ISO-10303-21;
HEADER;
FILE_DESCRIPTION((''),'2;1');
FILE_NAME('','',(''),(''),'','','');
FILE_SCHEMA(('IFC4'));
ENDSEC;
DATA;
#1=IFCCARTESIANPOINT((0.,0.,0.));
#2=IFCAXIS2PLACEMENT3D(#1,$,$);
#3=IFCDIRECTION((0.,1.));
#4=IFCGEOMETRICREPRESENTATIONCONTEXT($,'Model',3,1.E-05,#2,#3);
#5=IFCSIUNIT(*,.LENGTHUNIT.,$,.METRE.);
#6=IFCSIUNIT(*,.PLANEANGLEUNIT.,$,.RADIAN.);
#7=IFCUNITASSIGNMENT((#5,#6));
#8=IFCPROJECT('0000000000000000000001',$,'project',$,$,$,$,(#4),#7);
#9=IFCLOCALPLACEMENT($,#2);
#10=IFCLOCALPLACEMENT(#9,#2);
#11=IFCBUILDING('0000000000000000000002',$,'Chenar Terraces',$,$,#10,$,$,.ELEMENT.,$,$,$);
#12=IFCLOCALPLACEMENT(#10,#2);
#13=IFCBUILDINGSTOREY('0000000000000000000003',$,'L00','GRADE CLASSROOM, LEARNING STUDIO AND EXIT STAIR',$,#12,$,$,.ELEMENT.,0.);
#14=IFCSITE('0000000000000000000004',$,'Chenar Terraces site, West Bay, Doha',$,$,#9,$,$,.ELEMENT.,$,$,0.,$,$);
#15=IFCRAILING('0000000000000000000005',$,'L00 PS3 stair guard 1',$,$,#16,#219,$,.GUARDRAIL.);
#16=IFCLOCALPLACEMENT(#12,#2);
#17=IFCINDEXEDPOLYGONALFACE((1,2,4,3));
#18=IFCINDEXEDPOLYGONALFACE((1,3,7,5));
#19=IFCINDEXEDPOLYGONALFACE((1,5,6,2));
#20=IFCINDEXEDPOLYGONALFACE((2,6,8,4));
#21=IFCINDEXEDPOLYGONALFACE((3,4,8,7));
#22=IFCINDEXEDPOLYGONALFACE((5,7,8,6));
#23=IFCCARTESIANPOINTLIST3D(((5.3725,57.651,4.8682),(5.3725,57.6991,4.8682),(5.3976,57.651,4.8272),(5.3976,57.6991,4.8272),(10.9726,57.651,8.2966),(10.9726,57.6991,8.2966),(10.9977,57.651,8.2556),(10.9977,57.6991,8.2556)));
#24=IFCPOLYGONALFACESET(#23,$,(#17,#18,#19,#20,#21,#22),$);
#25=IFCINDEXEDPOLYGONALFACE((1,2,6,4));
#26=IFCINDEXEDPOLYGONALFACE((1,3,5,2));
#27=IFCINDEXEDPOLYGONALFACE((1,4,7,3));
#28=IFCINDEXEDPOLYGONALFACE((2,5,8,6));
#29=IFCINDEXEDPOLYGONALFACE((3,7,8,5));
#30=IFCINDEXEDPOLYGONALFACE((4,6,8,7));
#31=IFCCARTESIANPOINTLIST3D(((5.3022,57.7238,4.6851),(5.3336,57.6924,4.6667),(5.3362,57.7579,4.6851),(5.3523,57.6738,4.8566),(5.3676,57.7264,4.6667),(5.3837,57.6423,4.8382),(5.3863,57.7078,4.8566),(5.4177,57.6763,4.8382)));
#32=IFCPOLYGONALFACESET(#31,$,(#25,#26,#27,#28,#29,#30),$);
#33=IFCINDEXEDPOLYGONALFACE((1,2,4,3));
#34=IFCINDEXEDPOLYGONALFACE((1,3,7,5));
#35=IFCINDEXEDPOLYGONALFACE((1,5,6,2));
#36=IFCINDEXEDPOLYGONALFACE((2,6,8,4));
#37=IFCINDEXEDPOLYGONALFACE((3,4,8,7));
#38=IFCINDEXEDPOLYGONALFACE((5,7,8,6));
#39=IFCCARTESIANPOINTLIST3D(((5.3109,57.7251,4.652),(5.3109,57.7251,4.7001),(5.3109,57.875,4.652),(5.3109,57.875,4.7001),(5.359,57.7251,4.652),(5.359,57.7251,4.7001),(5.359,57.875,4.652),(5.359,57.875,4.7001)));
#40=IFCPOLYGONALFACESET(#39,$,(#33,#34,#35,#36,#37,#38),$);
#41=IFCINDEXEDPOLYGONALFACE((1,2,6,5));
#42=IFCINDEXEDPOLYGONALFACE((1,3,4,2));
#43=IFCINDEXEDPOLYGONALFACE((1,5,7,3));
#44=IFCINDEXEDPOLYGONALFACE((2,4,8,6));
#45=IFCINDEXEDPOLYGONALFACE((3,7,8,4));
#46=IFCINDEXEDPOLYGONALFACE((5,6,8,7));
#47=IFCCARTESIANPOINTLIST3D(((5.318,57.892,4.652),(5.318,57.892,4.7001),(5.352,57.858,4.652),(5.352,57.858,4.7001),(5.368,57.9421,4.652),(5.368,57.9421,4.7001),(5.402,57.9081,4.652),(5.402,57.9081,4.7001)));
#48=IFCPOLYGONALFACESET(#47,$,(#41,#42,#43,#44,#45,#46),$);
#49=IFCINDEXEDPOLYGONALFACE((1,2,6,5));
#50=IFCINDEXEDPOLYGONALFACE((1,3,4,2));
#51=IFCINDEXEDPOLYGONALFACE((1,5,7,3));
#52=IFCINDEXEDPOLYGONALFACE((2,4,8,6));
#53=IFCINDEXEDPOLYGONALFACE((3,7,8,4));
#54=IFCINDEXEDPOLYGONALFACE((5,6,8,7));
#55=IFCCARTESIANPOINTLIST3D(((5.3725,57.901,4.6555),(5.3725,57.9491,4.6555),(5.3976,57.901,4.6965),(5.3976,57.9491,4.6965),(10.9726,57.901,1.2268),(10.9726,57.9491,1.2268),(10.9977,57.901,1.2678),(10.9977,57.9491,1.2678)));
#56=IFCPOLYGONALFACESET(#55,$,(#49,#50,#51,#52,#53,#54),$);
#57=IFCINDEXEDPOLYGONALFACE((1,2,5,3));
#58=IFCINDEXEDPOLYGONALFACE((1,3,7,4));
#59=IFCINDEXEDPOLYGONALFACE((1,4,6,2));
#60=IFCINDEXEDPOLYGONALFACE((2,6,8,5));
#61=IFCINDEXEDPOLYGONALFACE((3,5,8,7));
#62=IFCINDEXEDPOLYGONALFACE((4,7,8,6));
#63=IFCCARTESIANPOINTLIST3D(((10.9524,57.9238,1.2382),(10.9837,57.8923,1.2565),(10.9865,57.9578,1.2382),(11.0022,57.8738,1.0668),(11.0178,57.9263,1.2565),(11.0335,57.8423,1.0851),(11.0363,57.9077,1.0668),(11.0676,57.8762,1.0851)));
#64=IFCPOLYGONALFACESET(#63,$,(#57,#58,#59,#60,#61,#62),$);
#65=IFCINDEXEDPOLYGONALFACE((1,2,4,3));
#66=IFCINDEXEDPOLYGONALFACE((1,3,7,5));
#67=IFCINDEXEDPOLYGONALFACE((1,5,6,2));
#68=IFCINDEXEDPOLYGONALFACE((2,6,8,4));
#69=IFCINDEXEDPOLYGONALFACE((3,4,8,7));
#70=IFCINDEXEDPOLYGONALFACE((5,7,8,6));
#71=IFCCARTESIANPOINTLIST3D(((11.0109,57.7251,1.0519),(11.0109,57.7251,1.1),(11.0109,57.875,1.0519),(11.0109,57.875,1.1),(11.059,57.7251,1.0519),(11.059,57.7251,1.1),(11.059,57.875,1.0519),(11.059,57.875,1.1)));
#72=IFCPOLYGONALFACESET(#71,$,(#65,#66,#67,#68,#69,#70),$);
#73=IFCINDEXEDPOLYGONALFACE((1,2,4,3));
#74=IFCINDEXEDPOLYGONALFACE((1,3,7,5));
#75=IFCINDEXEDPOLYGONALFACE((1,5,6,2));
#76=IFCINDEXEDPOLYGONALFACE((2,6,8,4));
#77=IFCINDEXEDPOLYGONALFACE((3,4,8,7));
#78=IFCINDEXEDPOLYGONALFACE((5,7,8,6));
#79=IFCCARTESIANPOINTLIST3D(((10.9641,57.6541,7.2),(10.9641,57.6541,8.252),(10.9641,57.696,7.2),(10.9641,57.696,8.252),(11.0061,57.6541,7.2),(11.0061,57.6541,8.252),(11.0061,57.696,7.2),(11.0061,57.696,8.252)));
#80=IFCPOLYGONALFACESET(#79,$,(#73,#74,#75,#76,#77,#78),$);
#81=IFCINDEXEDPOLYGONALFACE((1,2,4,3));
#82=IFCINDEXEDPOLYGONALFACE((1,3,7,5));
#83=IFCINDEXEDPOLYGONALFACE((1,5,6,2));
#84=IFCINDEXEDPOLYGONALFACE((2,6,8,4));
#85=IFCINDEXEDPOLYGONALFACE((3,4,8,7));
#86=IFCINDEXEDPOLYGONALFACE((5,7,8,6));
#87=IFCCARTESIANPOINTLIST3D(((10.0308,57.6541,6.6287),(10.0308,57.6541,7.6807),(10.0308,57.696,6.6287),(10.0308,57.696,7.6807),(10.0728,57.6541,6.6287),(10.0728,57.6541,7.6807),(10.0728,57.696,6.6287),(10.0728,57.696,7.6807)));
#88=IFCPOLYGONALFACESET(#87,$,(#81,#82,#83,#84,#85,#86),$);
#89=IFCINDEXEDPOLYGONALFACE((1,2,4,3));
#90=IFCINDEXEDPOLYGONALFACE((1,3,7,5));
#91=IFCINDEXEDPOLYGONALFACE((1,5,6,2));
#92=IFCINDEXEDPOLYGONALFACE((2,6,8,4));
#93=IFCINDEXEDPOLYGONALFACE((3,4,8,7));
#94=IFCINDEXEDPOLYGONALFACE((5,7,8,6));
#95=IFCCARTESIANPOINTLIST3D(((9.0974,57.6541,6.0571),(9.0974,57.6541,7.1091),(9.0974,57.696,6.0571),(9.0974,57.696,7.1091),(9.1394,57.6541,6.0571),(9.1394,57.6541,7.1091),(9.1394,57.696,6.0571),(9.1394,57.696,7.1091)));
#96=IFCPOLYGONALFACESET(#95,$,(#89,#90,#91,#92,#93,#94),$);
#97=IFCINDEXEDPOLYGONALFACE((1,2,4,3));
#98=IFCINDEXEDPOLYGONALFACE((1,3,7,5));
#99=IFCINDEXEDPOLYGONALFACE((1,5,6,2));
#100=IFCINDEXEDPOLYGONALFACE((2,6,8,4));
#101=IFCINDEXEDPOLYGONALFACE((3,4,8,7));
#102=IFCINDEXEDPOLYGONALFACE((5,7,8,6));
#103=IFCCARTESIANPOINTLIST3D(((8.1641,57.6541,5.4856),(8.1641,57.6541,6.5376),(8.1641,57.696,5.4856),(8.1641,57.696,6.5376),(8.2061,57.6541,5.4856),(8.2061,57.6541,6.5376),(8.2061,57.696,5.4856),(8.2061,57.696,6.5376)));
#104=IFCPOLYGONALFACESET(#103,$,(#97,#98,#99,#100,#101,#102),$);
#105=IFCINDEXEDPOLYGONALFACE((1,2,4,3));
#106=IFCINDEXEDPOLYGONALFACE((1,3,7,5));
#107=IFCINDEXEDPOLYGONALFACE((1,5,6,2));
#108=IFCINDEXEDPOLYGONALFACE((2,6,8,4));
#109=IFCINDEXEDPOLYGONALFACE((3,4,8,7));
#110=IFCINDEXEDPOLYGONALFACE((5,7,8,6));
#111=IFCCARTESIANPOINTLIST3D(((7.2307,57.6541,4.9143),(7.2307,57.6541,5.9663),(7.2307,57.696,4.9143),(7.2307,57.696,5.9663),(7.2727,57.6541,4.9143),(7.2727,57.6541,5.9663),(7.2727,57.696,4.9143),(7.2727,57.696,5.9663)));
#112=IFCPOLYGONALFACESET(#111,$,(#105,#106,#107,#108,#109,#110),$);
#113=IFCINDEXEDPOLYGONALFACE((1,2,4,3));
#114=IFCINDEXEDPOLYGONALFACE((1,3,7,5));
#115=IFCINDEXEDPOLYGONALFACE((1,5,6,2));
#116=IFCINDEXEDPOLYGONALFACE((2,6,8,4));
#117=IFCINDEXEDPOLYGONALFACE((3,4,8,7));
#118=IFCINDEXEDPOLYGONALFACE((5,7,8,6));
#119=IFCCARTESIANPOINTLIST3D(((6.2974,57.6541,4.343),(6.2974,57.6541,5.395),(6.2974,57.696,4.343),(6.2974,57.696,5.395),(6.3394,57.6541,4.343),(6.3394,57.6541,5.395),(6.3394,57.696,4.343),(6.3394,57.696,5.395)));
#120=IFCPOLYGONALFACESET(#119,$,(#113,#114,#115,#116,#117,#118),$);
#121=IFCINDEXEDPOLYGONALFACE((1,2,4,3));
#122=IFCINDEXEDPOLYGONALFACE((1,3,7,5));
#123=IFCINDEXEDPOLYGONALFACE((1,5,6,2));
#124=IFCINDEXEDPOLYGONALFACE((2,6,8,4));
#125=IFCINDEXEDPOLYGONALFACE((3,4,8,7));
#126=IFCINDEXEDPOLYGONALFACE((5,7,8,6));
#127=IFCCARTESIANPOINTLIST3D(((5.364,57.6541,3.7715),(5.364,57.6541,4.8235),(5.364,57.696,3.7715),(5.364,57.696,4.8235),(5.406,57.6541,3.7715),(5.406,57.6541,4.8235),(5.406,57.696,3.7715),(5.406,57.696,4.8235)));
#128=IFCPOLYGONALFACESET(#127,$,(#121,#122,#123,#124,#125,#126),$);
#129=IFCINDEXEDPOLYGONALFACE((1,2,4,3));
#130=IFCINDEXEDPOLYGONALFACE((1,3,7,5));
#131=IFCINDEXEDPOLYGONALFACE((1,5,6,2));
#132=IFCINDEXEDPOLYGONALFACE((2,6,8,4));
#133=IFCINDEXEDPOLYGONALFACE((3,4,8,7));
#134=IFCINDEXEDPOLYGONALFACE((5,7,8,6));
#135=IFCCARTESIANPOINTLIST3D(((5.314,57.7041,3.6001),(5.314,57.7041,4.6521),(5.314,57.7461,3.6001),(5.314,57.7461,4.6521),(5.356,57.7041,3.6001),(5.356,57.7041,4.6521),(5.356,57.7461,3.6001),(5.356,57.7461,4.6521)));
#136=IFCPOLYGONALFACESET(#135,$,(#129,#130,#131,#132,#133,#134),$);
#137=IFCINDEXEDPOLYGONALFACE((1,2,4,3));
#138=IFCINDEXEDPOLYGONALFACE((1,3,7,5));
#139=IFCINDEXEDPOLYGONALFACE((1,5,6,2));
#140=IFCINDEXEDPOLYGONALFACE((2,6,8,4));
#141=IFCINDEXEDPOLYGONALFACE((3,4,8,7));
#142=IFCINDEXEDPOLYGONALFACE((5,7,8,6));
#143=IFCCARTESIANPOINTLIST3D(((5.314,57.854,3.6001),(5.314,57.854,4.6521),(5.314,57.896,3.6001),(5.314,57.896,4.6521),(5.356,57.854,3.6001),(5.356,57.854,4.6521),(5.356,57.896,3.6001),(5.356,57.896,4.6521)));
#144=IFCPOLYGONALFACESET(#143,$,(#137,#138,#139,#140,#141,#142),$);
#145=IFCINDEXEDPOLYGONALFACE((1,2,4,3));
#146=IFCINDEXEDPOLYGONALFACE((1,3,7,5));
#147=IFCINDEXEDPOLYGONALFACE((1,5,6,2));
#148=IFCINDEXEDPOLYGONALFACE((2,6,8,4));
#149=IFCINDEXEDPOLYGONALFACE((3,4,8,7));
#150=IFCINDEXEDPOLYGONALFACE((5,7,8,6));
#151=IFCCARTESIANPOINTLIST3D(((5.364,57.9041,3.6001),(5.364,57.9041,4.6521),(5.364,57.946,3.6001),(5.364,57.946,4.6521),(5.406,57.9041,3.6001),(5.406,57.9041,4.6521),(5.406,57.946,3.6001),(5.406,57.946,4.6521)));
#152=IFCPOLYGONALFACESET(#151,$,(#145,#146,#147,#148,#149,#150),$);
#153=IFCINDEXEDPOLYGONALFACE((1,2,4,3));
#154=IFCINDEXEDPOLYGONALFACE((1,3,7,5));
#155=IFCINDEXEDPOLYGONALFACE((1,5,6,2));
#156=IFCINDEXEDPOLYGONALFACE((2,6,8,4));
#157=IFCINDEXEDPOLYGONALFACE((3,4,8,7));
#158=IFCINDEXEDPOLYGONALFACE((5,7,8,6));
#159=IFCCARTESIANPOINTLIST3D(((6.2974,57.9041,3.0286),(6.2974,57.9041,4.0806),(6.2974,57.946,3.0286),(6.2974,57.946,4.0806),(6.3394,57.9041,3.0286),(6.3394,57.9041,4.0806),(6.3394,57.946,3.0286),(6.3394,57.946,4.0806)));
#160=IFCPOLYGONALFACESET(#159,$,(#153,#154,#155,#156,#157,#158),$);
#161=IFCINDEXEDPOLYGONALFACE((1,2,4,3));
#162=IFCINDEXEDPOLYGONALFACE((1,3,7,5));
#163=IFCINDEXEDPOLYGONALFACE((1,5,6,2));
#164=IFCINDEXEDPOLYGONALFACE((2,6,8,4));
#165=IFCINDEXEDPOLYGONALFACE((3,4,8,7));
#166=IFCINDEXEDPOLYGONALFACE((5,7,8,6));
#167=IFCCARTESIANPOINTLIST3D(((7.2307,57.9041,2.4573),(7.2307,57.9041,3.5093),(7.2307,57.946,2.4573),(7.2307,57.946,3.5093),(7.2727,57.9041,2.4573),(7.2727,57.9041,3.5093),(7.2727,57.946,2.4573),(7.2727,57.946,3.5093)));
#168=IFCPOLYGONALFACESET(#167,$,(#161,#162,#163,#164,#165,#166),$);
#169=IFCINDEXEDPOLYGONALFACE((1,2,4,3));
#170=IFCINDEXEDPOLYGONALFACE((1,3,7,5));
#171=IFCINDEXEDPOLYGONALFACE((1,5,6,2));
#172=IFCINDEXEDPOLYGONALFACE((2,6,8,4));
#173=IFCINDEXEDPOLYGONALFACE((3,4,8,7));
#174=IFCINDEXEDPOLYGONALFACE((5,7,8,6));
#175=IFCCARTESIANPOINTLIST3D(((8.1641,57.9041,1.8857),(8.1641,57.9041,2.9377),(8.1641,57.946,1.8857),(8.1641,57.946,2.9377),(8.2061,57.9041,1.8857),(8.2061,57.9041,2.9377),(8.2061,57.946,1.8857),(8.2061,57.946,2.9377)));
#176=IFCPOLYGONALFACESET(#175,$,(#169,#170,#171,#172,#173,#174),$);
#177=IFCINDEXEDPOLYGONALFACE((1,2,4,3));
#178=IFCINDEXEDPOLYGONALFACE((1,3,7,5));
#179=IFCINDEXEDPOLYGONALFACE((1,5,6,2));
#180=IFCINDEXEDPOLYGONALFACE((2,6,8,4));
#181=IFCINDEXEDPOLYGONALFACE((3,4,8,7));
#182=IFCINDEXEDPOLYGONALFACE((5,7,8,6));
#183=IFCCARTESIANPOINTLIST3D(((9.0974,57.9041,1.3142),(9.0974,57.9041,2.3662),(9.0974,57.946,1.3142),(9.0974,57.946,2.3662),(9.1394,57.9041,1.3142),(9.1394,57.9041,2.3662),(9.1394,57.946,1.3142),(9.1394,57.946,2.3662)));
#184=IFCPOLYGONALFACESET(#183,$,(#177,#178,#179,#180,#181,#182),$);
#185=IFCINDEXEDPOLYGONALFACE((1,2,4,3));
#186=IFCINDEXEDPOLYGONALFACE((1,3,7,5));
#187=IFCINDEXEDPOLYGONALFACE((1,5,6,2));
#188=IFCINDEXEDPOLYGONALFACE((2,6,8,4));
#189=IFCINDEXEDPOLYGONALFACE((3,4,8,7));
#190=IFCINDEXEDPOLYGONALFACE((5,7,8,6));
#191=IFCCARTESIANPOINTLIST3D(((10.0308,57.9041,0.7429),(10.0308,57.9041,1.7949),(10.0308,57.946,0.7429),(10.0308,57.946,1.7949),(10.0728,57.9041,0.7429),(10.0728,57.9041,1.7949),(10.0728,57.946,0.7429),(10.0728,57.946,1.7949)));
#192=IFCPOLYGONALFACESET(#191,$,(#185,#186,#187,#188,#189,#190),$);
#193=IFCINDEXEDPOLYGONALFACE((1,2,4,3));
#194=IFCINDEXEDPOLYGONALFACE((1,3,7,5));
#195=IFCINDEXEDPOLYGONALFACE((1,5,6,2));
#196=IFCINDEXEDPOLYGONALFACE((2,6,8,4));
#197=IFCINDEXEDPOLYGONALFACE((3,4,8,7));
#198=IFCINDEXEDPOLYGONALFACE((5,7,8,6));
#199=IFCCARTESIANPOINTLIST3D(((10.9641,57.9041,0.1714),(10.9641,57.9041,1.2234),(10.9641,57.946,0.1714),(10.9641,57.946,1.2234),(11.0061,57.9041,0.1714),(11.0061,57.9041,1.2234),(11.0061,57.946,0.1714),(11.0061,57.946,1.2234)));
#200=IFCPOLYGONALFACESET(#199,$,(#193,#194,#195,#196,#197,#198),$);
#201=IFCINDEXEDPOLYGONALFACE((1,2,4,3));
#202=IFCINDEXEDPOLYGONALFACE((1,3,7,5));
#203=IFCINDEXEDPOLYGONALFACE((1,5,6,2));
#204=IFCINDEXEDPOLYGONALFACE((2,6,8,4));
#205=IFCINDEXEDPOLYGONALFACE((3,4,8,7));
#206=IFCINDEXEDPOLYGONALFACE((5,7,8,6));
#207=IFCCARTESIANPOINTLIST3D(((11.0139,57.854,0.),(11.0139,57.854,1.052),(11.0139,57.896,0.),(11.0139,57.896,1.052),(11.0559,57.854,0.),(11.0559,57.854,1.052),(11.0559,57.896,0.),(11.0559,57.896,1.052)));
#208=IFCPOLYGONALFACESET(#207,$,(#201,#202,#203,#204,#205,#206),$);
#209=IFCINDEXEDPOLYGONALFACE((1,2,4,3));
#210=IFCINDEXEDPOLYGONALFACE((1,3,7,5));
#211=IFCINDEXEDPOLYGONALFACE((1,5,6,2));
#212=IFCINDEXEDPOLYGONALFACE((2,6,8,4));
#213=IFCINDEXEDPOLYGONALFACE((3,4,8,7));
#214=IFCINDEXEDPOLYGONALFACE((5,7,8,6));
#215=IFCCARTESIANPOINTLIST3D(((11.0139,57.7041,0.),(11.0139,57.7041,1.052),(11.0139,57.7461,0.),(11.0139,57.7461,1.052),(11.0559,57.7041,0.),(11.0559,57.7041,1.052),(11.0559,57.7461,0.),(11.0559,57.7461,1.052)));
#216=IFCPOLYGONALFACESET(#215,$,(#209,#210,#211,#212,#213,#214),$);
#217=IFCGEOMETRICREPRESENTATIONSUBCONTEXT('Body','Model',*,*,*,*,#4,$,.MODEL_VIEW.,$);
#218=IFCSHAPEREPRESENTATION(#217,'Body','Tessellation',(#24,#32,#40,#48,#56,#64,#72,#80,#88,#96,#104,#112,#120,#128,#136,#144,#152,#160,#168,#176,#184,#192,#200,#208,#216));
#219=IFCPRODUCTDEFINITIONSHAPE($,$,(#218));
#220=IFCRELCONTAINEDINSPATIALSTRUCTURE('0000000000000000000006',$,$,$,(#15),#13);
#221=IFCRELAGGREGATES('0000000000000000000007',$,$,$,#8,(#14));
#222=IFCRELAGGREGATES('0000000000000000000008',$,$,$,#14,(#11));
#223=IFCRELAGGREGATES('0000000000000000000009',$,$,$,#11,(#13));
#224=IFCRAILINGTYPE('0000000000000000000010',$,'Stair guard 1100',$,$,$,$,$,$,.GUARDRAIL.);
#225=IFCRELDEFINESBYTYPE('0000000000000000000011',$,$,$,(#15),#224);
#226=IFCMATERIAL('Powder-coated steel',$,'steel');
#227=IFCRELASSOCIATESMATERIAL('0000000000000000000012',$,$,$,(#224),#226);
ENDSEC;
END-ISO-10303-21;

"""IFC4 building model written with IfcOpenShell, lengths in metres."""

from ifc_helpers import new_model, si_unit, direction, frame, origin, origin_2d, place, context, subcontext, project, spatial, rectangle, extrude, material, type_object, element, save


model = new_model("IFC4")

# Units and contexts
model_context = context("Model", 3, precision=1e-05, world=origin(), true_north=direction((0.0, 1.0)))
body_context = subcontext(model_context, "Body", "Model", "MODEL_VIEW")
ifc_project = project(units=[si_unit("LENGTHUNIT", "METRE"), si_unit("PLANEANGLEUNIT", "RADIAN")], contexts=[model_context])

# Site, building, storey
site_placement = place(None, origin())
site = spatial("IfcSite", under=ifc_project, at=site_placement, Name="Chenar Terraces site, West Bay, Doha", CompositionType="ELEMENT", RefElevation=0.0)
building_placement = place(site_placement, origin())
building = spatial("IfcBuilding", under=site, at=building_placement, Name="Chenar Terraces", CompositionType="ELEMENT")
storey_placement = place(building_placement, origin())
storey = spatial("IfcBuildingStorey", under=building, at=storey_placement, Name="L00", Description="GRADE CLASSROOM, LEARNING STUDIO AND EXIT STAIR", CompositionType="ELEMENT", Elevation=0.0)

# Railing
ifc_material_1 = material(Name="Powder-coated steel", Category="steel")
railing_type_1 = type_object("IfcRailingType", Name="Stair guard 1100", PredefinedType="GUARDRAIL", material=ifc_material_1)
railing_1_placement = place(storey_placement, frame((10.9851, 57.675, 7.2)))
element("IfcRailing", 1, at=railing_1_placement, inside=storey, type_object=railing_type_1, Name="L00 PS3 stair guard 1", PredefinedType="GUARDRAIL", context=body_context, shape_type="SweptSolid", body=[
    extrude(rectangle(XDim=0.0481, YDim=0.0481, at=origin_2d()), frame((0.0, 0.0, 1.0762), z_axis=(-0.852862, 0.0, -0.522136), x_axis=(0.0, -1.0, 0.0)), (0.0, 0.0, 1.0), 6.5662),
    extrude(rectangle(XDim=0.0481, YDim=0.0481, at=origin_2d()), frame((-5.6001, 0.0, -2.3525), z_axis=(-0.269911, 0.269911, -0.924281), x_axis=(-0.707107, -0.707107, 0.0)), (0.0, 0.0, 1.0), 0.1855),
    extrude(rectangle(XDim=0.0481, YDim=0.0481, at=origin_2d()), frame((-5.6501, 0.05, -2.5239), z_axis=(0.0, 1.0, 0.0), x_axis=(-1.0, 0.0, 0.0)), (0.0, 0.0, 1.0), 0.1499),
    extrude(rectangle(XDim=0.0481, YDim=0.0481, at=origin_2d()), frame((-5.6501, 0.2, -2.5239), z_axis=(0.707107, 0.707107, 0.0), x_axis=(-0.707107, 0.707107, 0.0)), (0.0, 0.0, 1.0), 0.0708),
    extrude(rectangle(XDim=0.0481, YDim=0.0481, at=origin_2d()), frame((-5.6001, 0.25, -2.5239), z_axis=(0.852846, 0.0, -0.522163), x_axis=(0.0, 1.0, 0.0)), (0.0, 0.0, 1.0), 6.5664),
    extrude(rectangle(XDim=0.0481, YDim=0.0481, at=origin_2d()), frame((0.0, 0.25, -5.9526), z_axis=(0.26869, -0.270007, -0.924609), x_axis=(0.708834, 0.705376, 0.0)), (0.0, 0.0, 1.0), 0.1853),
    extrude(rectangle(XDim=0.0481, YDim=0.0481, at=origin_2d()), frame((0.0498, 0.2, -6.124), z_axis=(0.0, -1.0, 0.0), x_axis=(1.0, 0.0, 0.0)), (0.0, 0.0, 1.0), 0.1499),
    extrude(rectangle(XDim=0.042, YDim=0.042, at=origin_2d()), origin(), (0.0, 0.0, 1.0), 1.052),
    extrude(rectangle(XDim=0.042, YDim=0.042, at=origin_2d()), frame((-0.9333, 0.0, -0.5713)), (0.0, 0.0, 1.0), 1.052),
    extrude(rectangle(XDim=0.042, YDim=0.042, at=origin_2d()), frame((-1.8667, 0.0, -1.1428)), (0.0, 0.0, 1.0), 1.052),
    extrude(rectangle(XDim=0.042, YDim=0.042, at=origin_2d()), frame((-2.8, 0.0, -1.7144)), (0.0, 0.0, 1.0), 1.052),
    extrude(rectangle(XDim=0.042, YDim=0.042, at=origin_2d()), frame((-3.7334, 0.0, -2.2856)), (0.0, 0.0, 1.0), 1.052),
    extrude(rectangle(XDim=0.042, YDim=0.042, at=origin_2d()), frame((-4.6667, 0.0, -2.8569)), (0.0, 0.0, 1.0), 1.052),
    extrude(rectangle(XDim=0.042, YDim=0.042, at=origin_2d()), frame((-5.6001, 0.0, -3.4285)), (0.0, 0.0, 1.0), 1.052),
    extrude(rectangle(XDim=0.042, YDim=0.042, at=origin_2d()), frame((-5.6501, 0.05, -3.5999)), (0.0, 0.0, 1.0), 1.052),
    extrude(rectangle(XDim=0.042, YDim=0.042, at=origin_2d()), frame((-5.6501, 0.2, -3.5999)), (0.0, 0.0, 1.0), 1.052),
    extrude(rectangle(XDim=0.042, YDim=0.042, at=origin_2d()), frame((-5.6001, 0.25, -3.5999)), (0.0, 0.0, 1.0), 1.052),
    extrude(rectangle(XDim=0.042, YDim=0.042, at=origin_2d()), frame((-4.6667, 0.25, -4.1714)), (0.0, 0.0, 1.0), 1.052),
    extrude(rectangle(XDim=0.042, YDim=0.042, at=origin_2d()), frame((-3.7334, 0.25, -4.7427)), (0.0, 0.0, 1.0), 1.052),
    extrude(rectangle(XDim=0.042, YDim=0.042, at=origin_2d()), frame((-2.8, 0.25, -5.3142)), (0.0, 0.0, 1.0), 1.052),
    extrude(rectangle(XDim=0.042, YDim=0.042, at=origin_2d()), frame((-1.8667, 0.25, -5.8857)), (0.0, 0.0, 1.0), 1.052),
    extrude(rectangle(XDim=0.042, YDim=0.042, at=origin_2d()), frame((-0.9333, 0.25, -6.457)), (0.0, 0.0, 1.0), 1.052),
    extrude(rectangle(XDim=0.042, YDim=0.042, at=origin_2d()), frame((0.0, 0.25, -7.0286)), (0.0, 0.0, 1.0), 1.052),
    extrude(rectangle(XDim=0.042, YDim=0.042, at=origin_2d()), frame((0.0498, 0.2, -7.2)), (0.0, 0.0, 1.0), 1.052),
    extrude(rectangle(XDim=0.042, YDim=0.042, at=origin_2d()), frame((0.0498, 0.05, -7.2)), (0.0, 0.0, 1.0), 1.052),
])

save(model, "model.ifc")
